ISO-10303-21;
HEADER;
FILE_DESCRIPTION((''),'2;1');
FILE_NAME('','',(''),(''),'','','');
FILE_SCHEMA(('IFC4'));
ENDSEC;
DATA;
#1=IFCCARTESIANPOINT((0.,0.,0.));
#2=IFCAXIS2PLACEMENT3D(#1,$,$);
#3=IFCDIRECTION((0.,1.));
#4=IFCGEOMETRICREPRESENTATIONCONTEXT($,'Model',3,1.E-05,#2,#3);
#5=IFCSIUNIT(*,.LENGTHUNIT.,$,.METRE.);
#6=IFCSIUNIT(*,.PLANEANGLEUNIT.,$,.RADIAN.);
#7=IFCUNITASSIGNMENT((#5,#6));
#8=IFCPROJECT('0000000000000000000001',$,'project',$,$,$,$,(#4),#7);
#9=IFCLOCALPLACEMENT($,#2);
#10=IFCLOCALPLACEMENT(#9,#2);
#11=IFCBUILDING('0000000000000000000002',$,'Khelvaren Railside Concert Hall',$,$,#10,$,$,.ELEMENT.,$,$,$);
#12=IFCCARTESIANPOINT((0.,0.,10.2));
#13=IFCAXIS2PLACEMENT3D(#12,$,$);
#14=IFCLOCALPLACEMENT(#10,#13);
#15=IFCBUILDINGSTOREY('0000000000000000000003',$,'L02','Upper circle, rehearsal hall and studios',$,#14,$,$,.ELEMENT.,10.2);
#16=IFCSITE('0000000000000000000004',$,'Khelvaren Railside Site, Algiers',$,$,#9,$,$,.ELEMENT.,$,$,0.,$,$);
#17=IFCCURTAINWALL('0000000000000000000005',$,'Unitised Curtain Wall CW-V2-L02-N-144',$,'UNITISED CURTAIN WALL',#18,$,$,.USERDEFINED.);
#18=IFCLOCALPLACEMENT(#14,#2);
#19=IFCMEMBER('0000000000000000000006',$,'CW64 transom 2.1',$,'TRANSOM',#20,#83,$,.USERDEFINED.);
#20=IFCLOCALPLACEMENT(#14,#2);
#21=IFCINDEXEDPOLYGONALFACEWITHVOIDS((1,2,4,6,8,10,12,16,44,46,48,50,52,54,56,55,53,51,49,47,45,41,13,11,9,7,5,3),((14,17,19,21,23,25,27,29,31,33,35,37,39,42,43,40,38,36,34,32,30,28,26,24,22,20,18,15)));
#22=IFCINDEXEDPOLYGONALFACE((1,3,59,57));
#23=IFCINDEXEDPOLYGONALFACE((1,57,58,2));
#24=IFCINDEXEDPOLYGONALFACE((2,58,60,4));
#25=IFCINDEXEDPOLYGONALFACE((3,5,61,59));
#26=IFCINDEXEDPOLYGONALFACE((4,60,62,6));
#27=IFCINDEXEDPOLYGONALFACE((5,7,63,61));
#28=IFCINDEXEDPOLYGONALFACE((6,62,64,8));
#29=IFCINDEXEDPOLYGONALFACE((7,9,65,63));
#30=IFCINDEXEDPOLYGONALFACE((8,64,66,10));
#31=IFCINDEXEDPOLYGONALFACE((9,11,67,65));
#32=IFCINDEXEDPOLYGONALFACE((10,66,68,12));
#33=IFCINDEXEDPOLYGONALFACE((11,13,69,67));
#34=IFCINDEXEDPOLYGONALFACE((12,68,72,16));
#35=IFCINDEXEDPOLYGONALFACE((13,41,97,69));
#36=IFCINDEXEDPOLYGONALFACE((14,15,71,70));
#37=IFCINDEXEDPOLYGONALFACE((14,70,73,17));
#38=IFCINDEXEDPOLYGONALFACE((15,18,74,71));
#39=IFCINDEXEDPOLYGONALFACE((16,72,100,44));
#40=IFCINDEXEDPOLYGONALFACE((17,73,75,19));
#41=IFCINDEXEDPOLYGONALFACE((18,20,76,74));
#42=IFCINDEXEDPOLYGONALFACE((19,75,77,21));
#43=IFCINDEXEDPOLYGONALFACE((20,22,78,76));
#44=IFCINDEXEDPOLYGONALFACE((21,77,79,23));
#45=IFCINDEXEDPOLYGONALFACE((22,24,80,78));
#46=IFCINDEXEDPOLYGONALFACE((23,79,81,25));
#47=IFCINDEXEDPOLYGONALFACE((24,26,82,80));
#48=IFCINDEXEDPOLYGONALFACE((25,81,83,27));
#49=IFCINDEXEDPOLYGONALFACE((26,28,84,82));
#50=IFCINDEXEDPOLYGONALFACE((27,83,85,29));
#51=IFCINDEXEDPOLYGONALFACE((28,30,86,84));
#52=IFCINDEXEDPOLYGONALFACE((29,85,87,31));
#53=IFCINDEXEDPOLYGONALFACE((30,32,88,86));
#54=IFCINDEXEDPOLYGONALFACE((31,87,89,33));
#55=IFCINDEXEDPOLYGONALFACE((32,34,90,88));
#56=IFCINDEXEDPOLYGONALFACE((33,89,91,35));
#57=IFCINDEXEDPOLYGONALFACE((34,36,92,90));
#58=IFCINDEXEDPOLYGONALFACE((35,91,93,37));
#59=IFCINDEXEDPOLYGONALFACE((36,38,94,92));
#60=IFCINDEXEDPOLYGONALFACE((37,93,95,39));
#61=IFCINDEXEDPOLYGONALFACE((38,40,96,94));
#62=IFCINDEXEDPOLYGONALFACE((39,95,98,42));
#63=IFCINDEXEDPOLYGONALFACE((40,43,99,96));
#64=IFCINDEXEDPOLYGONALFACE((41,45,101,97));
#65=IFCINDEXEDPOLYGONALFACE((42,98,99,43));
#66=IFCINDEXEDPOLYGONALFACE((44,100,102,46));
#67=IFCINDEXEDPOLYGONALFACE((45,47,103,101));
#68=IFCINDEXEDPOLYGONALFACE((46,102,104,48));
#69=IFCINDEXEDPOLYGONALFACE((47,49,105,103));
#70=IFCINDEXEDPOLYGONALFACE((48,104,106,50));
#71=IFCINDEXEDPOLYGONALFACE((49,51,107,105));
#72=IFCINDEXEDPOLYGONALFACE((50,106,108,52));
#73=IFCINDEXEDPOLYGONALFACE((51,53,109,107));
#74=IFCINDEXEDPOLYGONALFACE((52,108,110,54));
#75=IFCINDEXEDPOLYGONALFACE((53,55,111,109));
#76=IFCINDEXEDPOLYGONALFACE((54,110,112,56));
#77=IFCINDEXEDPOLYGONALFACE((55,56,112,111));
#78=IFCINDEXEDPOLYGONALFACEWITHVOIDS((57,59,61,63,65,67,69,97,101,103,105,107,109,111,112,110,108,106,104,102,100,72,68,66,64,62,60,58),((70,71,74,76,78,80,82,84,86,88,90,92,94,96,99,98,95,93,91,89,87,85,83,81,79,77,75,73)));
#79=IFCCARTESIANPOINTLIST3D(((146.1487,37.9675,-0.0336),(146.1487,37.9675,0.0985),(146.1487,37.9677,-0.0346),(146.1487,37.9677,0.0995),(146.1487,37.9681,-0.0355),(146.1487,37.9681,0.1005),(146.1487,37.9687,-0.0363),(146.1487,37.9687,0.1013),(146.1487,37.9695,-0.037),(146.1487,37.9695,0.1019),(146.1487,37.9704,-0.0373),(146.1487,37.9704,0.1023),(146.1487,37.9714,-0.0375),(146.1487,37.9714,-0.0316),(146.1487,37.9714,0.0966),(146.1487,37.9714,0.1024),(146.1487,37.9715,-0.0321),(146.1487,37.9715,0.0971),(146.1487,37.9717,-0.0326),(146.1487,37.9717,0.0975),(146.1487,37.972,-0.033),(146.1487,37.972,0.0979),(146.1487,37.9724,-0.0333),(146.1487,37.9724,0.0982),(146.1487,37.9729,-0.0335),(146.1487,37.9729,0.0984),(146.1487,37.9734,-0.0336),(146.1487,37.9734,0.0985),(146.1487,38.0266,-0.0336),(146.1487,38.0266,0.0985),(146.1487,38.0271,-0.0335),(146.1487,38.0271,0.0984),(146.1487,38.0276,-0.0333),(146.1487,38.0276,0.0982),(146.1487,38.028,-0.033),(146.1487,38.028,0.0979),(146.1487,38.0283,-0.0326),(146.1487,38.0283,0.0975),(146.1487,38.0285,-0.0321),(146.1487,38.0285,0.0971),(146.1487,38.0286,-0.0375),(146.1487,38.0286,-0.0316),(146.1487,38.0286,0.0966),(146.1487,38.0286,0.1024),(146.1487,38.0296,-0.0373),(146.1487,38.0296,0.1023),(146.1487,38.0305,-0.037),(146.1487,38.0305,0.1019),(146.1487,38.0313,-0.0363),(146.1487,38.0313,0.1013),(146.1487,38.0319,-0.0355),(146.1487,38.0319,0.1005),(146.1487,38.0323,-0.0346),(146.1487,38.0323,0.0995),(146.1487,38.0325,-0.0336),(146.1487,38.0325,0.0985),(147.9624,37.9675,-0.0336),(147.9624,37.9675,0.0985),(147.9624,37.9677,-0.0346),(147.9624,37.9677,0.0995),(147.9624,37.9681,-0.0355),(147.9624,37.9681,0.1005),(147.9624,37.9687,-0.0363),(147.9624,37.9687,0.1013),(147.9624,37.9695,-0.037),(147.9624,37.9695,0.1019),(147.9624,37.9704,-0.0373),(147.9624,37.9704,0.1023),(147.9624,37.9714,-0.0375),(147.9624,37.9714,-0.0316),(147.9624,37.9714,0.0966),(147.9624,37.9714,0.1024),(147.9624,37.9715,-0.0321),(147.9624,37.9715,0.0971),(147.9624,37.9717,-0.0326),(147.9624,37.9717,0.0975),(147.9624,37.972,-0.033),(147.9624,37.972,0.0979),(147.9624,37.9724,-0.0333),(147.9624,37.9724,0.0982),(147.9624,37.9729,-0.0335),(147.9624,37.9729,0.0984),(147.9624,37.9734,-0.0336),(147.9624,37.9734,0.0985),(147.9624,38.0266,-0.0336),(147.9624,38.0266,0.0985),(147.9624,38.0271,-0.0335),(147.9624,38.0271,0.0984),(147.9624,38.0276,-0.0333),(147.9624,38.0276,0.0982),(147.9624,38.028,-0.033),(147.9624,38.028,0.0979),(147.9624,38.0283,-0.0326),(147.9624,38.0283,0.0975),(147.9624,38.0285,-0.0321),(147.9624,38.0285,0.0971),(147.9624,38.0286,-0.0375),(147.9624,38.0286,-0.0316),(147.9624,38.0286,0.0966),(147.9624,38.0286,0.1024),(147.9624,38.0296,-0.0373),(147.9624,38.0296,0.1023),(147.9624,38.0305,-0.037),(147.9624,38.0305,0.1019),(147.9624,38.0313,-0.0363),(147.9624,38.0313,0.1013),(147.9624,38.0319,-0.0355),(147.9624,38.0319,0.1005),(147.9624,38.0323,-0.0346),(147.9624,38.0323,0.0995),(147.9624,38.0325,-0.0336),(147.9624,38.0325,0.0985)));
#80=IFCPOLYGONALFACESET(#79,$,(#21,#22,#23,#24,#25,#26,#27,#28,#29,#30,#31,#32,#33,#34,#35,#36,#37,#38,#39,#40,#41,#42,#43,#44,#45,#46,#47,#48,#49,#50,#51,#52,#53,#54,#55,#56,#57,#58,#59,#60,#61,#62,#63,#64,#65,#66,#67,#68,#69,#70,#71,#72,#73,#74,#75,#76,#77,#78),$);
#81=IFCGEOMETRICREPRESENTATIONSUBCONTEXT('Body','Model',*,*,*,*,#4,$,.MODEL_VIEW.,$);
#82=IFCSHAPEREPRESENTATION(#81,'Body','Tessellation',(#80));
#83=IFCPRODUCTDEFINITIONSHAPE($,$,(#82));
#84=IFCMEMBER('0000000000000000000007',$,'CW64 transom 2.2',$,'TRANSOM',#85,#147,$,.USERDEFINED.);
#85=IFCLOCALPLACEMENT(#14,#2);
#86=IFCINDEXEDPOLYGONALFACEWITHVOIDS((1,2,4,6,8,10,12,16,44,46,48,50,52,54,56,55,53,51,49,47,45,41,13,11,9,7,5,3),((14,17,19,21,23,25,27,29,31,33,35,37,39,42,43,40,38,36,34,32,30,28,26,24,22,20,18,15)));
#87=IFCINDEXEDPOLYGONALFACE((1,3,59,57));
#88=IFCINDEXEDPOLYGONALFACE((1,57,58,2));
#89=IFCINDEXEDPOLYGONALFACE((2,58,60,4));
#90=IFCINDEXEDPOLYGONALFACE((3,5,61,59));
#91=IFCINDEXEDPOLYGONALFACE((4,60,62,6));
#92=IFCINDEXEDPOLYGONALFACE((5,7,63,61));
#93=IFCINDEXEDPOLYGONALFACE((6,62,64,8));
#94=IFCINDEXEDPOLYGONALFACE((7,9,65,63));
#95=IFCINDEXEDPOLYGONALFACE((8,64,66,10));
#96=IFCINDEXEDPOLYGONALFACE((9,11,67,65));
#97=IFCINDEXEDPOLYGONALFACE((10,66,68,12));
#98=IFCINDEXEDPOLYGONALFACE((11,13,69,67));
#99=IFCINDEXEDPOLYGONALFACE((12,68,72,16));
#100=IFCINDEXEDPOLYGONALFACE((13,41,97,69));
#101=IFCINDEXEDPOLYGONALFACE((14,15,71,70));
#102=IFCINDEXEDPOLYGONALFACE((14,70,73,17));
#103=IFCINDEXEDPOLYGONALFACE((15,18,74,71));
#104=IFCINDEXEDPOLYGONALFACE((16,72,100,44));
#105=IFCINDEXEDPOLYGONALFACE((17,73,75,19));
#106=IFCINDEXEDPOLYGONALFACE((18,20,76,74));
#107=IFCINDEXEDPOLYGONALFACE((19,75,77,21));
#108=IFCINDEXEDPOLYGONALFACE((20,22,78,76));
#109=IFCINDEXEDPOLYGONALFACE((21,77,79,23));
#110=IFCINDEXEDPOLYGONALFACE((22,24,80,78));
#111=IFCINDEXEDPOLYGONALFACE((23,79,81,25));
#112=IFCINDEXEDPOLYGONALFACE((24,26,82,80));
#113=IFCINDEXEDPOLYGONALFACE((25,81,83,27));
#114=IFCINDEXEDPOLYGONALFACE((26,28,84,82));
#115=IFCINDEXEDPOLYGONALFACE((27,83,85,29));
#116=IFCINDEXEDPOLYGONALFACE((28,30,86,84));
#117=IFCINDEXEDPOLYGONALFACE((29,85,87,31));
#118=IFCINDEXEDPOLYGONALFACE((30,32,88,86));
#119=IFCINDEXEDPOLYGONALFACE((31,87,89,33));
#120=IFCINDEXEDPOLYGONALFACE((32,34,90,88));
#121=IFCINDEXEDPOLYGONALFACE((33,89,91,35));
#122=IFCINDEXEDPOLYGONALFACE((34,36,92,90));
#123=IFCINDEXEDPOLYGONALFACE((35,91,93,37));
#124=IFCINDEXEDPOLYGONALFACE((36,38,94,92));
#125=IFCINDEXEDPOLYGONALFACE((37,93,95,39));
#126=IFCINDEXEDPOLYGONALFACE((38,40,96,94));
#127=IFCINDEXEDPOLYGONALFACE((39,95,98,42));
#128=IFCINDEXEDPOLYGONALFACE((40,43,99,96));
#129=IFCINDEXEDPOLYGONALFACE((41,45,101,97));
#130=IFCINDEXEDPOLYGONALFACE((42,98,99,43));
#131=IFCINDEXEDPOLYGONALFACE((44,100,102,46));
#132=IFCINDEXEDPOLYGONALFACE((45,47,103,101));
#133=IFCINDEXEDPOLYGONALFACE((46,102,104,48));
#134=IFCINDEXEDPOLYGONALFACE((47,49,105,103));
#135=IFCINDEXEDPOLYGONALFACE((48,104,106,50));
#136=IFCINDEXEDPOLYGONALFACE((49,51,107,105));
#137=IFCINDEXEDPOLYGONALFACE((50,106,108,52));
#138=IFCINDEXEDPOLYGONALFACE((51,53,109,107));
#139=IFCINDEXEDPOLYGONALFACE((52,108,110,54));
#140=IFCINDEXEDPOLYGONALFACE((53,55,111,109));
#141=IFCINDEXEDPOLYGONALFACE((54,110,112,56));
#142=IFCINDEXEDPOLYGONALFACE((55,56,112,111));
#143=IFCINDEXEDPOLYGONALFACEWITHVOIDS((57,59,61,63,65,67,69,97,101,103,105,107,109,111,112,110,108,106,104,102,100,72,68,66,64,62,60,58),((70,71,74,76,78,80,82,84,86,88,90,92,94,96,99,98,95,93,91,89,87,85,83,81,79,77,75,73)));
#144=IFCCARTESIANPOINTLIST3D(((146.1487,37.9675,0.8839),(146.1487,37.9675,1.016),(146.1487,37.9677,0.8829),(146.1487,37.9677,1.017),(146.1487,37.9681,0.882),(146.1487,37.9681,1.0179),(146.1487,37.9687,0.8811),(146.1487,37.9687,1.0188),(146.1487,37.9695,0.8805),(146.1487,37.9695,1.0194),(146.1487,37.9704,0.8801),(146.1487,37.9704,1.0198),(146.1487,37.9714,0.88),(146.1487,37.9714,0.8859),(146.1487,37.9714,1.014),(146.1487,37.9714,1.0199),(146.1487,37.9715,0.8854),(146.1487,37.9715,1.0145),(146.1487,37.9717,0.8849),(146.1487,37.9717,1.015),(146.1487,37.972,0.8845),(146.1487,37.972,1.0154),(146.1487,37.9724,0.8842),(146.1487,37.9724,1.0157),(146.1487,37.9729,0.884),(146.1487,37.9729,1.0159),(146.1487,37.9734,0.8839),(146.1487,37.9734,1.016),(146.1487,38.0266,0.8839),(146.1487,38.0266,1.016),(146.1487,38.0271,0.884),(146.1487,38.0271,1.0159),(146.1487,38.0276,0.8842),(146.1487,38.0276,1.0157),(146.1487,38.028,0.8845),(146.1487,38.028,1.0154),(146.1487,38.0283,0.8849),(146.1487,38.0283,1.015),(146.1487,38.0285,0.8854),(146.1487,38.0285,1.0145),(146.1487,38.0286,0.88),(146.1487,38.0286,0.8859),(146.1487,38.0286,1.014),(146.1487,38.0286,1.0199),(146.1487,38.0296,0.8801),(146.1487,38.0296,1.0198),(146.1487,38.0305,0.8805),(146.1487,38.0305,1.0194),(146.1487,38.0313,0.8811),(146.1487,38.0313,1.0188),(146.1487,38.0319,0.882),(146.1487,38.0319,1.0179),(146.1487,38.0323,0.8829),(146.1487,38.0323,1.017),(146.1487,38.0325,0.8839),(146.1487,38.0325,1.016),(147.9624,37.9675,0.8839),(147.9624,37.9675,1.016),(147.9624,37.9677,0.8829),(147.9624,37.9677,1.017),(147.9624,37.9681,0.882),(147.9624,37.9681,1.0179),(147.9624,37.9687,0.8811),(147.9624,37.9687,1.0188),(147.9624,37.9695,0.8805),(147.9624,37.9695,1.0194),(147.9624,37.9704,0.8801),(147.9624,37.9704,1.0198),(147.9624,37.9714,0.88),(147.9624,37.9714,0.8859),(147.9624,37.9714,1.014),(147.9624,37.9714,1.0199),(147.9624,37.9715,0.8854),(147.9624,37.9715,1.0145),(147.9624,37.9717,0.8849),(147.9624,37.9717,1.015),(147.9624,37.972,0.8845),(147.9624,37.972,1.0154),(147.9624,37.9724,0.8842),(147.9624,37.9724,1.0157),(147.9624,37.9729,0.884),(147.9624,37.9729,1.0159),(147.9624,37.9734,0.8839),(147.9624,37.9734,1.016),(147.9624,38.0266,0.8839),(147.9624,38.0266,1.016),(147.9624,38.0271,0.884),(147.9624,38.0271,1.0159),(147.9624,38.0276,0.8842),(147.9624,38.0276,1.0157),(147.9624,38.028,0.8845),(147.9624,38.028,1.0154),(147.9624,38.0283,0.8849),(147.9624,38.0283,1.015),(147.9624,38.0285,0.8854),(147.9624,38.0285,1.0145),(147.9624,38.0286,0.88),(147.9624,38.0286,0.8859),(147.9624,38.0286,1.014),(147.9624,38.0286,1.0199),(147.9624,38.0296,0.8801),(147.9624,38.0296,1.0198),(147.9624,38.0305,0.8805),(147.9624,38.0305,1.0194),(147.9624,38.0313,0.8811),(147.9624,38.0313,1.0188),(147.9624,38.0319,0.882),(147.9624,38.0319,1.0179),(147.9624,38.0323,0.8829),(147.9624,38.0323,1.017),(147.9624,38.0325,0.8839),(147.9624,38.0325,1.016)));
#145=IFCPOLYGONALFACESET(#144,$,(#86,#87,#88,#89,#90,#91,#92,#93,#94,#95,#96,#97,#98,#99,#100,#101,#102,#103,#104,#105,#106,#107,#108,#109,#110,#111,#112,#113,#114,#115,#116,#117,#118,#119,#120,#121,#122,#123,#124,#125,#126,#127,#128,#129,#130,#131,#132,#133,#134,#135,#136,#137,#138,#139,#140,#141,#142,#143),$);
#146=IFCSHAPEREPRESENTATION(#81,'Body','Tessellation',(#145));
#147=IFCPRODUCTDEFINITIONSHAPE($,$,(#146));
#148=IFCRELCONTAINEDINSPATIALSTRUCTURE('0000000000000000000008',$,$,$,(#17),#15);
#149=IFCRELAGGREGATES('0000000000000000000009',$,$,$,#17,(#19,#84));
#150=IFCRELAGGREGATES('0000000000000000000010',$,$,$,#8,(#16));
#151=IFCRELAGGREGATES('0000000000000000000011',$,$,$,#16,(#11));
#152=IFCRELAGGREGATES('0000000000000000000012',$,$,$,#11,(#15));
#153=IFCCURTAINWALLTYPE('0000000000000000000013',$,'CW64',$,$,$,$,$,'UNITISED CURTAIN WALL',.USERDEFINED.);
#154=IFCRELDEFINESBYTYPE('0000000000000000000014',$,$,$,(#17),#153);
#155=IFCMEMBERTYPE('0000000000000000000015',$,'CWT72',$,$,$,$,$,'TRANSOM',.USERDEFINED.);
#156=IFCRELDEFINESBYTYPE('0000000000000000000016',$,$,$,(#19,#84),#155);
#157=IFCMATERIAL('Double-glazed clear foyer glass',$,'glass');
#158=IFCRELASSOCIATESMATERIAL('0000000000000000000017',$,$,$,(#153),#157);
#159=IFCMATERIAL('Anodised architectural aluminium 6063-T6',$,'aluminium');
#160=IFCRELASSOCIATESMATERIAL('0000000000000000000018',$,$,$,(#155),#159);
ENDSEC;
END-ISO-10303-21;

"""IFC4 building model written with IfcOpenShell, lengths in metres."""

from ifc_helpers import new_model, si_unit, direction, frame, origin, origin_2d, place, context, subcontext, project, spatial, hollow_rectangle, extrude, material, material_profile, profile_set, type_object, element, aggregate, save


model = new_model("IFC4")

# Units and contexts
model_context = context("Model", 3, precision=1e-05, world=origin(), true_north=direction((0.0, 1.0)))
body_context = subcontext(model_context, "Body", "Model", "MODEL_VIEW")
ifc_project = project(units=[si_unit("LENGTHUNIT", "METRE"), si_unit("PLANEANGLEUNIT", "RADIAN")], contexts=[model_context])

# Site, building, storey
site_placement = place(None, origin())
site = spatial("IfcSite", under=ifc_project, at=site_placement, Name="Khelvaren Railside Site, Algiers", CompositionType="ELEMENT", RefElevation=0.0)
building_placement = place(site_placement, origin())
building = spatial("IfcBuilding", under=site, at=building_placement, Name="Khelvaren Railside Concert Hall", CompositionType="ELEMENT")
storey_placement = place(building_placement, frame((0.0, 0.0, 10.2)))
storey = spatial("IfcBuildingStorey", under=building, at=storey_placement, Name="L02", Description="Upper circle, rehearsal hall and studios", CompositionType="ELEMENT", Elevation=10.2)

# Curtain wall, members
ifc_material_1 = material(Name="Double-glazed clear foyer glass", Category="glass")
curtain_wall_type = type_object("IfcCurtainWallType", Name="CW64", ElementType="UNITISED CURTAIN WALL", PredefinedType="USERDEFINED", material=ifc_material_1)
curtain_wall_placement = place(storey_placement, origin())
curtain_wall = element("IfcCurtainWall", 1, at=curtain_wall_placement, inside=storey, type_object=curtain_wall_type, Name="Unitised Curtain Wall CW-V2-L02-N-144", ObjectType="UNITISED CURTAIN WALL", PredefinedType="USERDEFINED")
ifc_material_2 = material(Name="Anodised architectural aluminium 6063-T6", Category="aluminium")
ifc_material_profile_1 = material_profile(ifc_material_2, hollow_rectangle(XDim=0.0649, YDim=0.1399, WallThickness=0.0039, InnerFilletRadius=0.002, OuterFilletRadius=0.0039, at=origin_2d()), Name="CWT 65x140x4")
ifc_profile_set_1 = profile_set([ifc_material_profile_1], Name="Anodised architectural aluminium 6063-T6")
member_type_1 = type_object("IfcMemberType", Name="CWT72", ElementType="TRANSOM", PredefinedType="USERDEFINED", material=ifc_profile_set_1)
member_1_placement = place(storey_placement, frame((146.1487, 38.0, 0.0325), z_axis=(1.0, 0.0, 0.0), x_axis=(0.0, 1.0, 0.0)))
member_1 = element("IfcMember", 2, at=member_1_placement, type_object=member_type_1, Name="CW64 transom 2.1", ObjectType="TRANSOM", PredefinedType="USERDEFINED", context=body_context, shape_type="SweptSolid", body=[
    extrude(hollow_rectangle(XDim=0.0649, YDim=0.1399, WallThickness=0.0039, InnerFilletRadius=0.002, OuterFilletRadius=0.0039, at=origin_2d()), origin(), (0.0, 0.0, 1.0), 1.8137),
])
member_2_placement = place(storey_placement, frame((146.1487, 38.0, 0.95), z_axis=(1.0, 0.0, 0.0), x_axis=(0.0, 1.0, 0.0)))
member_2 = element("IfcMember", 3, at=member_2_placement, type_object=member_type_1, Name="CW64 transom 2.2", ObjectType="TRANSOM", PredefinedType="USERDEFINED", context=body_context, shape_type="SweptSolid", body=[
    extrude(hollow_rectangle(XDim=0.0649, YDim=0.1399, WallThickness=0.0039, InnerFilletRadius=0.002, OuterFilletRadius=0.0039, at=origin_2d()), origin(), (0.0, 0.0, 1.0), 1.8137),
])
aggregate(curtain_wall, [member_1, member_2])

save(model, "model.ifc")
